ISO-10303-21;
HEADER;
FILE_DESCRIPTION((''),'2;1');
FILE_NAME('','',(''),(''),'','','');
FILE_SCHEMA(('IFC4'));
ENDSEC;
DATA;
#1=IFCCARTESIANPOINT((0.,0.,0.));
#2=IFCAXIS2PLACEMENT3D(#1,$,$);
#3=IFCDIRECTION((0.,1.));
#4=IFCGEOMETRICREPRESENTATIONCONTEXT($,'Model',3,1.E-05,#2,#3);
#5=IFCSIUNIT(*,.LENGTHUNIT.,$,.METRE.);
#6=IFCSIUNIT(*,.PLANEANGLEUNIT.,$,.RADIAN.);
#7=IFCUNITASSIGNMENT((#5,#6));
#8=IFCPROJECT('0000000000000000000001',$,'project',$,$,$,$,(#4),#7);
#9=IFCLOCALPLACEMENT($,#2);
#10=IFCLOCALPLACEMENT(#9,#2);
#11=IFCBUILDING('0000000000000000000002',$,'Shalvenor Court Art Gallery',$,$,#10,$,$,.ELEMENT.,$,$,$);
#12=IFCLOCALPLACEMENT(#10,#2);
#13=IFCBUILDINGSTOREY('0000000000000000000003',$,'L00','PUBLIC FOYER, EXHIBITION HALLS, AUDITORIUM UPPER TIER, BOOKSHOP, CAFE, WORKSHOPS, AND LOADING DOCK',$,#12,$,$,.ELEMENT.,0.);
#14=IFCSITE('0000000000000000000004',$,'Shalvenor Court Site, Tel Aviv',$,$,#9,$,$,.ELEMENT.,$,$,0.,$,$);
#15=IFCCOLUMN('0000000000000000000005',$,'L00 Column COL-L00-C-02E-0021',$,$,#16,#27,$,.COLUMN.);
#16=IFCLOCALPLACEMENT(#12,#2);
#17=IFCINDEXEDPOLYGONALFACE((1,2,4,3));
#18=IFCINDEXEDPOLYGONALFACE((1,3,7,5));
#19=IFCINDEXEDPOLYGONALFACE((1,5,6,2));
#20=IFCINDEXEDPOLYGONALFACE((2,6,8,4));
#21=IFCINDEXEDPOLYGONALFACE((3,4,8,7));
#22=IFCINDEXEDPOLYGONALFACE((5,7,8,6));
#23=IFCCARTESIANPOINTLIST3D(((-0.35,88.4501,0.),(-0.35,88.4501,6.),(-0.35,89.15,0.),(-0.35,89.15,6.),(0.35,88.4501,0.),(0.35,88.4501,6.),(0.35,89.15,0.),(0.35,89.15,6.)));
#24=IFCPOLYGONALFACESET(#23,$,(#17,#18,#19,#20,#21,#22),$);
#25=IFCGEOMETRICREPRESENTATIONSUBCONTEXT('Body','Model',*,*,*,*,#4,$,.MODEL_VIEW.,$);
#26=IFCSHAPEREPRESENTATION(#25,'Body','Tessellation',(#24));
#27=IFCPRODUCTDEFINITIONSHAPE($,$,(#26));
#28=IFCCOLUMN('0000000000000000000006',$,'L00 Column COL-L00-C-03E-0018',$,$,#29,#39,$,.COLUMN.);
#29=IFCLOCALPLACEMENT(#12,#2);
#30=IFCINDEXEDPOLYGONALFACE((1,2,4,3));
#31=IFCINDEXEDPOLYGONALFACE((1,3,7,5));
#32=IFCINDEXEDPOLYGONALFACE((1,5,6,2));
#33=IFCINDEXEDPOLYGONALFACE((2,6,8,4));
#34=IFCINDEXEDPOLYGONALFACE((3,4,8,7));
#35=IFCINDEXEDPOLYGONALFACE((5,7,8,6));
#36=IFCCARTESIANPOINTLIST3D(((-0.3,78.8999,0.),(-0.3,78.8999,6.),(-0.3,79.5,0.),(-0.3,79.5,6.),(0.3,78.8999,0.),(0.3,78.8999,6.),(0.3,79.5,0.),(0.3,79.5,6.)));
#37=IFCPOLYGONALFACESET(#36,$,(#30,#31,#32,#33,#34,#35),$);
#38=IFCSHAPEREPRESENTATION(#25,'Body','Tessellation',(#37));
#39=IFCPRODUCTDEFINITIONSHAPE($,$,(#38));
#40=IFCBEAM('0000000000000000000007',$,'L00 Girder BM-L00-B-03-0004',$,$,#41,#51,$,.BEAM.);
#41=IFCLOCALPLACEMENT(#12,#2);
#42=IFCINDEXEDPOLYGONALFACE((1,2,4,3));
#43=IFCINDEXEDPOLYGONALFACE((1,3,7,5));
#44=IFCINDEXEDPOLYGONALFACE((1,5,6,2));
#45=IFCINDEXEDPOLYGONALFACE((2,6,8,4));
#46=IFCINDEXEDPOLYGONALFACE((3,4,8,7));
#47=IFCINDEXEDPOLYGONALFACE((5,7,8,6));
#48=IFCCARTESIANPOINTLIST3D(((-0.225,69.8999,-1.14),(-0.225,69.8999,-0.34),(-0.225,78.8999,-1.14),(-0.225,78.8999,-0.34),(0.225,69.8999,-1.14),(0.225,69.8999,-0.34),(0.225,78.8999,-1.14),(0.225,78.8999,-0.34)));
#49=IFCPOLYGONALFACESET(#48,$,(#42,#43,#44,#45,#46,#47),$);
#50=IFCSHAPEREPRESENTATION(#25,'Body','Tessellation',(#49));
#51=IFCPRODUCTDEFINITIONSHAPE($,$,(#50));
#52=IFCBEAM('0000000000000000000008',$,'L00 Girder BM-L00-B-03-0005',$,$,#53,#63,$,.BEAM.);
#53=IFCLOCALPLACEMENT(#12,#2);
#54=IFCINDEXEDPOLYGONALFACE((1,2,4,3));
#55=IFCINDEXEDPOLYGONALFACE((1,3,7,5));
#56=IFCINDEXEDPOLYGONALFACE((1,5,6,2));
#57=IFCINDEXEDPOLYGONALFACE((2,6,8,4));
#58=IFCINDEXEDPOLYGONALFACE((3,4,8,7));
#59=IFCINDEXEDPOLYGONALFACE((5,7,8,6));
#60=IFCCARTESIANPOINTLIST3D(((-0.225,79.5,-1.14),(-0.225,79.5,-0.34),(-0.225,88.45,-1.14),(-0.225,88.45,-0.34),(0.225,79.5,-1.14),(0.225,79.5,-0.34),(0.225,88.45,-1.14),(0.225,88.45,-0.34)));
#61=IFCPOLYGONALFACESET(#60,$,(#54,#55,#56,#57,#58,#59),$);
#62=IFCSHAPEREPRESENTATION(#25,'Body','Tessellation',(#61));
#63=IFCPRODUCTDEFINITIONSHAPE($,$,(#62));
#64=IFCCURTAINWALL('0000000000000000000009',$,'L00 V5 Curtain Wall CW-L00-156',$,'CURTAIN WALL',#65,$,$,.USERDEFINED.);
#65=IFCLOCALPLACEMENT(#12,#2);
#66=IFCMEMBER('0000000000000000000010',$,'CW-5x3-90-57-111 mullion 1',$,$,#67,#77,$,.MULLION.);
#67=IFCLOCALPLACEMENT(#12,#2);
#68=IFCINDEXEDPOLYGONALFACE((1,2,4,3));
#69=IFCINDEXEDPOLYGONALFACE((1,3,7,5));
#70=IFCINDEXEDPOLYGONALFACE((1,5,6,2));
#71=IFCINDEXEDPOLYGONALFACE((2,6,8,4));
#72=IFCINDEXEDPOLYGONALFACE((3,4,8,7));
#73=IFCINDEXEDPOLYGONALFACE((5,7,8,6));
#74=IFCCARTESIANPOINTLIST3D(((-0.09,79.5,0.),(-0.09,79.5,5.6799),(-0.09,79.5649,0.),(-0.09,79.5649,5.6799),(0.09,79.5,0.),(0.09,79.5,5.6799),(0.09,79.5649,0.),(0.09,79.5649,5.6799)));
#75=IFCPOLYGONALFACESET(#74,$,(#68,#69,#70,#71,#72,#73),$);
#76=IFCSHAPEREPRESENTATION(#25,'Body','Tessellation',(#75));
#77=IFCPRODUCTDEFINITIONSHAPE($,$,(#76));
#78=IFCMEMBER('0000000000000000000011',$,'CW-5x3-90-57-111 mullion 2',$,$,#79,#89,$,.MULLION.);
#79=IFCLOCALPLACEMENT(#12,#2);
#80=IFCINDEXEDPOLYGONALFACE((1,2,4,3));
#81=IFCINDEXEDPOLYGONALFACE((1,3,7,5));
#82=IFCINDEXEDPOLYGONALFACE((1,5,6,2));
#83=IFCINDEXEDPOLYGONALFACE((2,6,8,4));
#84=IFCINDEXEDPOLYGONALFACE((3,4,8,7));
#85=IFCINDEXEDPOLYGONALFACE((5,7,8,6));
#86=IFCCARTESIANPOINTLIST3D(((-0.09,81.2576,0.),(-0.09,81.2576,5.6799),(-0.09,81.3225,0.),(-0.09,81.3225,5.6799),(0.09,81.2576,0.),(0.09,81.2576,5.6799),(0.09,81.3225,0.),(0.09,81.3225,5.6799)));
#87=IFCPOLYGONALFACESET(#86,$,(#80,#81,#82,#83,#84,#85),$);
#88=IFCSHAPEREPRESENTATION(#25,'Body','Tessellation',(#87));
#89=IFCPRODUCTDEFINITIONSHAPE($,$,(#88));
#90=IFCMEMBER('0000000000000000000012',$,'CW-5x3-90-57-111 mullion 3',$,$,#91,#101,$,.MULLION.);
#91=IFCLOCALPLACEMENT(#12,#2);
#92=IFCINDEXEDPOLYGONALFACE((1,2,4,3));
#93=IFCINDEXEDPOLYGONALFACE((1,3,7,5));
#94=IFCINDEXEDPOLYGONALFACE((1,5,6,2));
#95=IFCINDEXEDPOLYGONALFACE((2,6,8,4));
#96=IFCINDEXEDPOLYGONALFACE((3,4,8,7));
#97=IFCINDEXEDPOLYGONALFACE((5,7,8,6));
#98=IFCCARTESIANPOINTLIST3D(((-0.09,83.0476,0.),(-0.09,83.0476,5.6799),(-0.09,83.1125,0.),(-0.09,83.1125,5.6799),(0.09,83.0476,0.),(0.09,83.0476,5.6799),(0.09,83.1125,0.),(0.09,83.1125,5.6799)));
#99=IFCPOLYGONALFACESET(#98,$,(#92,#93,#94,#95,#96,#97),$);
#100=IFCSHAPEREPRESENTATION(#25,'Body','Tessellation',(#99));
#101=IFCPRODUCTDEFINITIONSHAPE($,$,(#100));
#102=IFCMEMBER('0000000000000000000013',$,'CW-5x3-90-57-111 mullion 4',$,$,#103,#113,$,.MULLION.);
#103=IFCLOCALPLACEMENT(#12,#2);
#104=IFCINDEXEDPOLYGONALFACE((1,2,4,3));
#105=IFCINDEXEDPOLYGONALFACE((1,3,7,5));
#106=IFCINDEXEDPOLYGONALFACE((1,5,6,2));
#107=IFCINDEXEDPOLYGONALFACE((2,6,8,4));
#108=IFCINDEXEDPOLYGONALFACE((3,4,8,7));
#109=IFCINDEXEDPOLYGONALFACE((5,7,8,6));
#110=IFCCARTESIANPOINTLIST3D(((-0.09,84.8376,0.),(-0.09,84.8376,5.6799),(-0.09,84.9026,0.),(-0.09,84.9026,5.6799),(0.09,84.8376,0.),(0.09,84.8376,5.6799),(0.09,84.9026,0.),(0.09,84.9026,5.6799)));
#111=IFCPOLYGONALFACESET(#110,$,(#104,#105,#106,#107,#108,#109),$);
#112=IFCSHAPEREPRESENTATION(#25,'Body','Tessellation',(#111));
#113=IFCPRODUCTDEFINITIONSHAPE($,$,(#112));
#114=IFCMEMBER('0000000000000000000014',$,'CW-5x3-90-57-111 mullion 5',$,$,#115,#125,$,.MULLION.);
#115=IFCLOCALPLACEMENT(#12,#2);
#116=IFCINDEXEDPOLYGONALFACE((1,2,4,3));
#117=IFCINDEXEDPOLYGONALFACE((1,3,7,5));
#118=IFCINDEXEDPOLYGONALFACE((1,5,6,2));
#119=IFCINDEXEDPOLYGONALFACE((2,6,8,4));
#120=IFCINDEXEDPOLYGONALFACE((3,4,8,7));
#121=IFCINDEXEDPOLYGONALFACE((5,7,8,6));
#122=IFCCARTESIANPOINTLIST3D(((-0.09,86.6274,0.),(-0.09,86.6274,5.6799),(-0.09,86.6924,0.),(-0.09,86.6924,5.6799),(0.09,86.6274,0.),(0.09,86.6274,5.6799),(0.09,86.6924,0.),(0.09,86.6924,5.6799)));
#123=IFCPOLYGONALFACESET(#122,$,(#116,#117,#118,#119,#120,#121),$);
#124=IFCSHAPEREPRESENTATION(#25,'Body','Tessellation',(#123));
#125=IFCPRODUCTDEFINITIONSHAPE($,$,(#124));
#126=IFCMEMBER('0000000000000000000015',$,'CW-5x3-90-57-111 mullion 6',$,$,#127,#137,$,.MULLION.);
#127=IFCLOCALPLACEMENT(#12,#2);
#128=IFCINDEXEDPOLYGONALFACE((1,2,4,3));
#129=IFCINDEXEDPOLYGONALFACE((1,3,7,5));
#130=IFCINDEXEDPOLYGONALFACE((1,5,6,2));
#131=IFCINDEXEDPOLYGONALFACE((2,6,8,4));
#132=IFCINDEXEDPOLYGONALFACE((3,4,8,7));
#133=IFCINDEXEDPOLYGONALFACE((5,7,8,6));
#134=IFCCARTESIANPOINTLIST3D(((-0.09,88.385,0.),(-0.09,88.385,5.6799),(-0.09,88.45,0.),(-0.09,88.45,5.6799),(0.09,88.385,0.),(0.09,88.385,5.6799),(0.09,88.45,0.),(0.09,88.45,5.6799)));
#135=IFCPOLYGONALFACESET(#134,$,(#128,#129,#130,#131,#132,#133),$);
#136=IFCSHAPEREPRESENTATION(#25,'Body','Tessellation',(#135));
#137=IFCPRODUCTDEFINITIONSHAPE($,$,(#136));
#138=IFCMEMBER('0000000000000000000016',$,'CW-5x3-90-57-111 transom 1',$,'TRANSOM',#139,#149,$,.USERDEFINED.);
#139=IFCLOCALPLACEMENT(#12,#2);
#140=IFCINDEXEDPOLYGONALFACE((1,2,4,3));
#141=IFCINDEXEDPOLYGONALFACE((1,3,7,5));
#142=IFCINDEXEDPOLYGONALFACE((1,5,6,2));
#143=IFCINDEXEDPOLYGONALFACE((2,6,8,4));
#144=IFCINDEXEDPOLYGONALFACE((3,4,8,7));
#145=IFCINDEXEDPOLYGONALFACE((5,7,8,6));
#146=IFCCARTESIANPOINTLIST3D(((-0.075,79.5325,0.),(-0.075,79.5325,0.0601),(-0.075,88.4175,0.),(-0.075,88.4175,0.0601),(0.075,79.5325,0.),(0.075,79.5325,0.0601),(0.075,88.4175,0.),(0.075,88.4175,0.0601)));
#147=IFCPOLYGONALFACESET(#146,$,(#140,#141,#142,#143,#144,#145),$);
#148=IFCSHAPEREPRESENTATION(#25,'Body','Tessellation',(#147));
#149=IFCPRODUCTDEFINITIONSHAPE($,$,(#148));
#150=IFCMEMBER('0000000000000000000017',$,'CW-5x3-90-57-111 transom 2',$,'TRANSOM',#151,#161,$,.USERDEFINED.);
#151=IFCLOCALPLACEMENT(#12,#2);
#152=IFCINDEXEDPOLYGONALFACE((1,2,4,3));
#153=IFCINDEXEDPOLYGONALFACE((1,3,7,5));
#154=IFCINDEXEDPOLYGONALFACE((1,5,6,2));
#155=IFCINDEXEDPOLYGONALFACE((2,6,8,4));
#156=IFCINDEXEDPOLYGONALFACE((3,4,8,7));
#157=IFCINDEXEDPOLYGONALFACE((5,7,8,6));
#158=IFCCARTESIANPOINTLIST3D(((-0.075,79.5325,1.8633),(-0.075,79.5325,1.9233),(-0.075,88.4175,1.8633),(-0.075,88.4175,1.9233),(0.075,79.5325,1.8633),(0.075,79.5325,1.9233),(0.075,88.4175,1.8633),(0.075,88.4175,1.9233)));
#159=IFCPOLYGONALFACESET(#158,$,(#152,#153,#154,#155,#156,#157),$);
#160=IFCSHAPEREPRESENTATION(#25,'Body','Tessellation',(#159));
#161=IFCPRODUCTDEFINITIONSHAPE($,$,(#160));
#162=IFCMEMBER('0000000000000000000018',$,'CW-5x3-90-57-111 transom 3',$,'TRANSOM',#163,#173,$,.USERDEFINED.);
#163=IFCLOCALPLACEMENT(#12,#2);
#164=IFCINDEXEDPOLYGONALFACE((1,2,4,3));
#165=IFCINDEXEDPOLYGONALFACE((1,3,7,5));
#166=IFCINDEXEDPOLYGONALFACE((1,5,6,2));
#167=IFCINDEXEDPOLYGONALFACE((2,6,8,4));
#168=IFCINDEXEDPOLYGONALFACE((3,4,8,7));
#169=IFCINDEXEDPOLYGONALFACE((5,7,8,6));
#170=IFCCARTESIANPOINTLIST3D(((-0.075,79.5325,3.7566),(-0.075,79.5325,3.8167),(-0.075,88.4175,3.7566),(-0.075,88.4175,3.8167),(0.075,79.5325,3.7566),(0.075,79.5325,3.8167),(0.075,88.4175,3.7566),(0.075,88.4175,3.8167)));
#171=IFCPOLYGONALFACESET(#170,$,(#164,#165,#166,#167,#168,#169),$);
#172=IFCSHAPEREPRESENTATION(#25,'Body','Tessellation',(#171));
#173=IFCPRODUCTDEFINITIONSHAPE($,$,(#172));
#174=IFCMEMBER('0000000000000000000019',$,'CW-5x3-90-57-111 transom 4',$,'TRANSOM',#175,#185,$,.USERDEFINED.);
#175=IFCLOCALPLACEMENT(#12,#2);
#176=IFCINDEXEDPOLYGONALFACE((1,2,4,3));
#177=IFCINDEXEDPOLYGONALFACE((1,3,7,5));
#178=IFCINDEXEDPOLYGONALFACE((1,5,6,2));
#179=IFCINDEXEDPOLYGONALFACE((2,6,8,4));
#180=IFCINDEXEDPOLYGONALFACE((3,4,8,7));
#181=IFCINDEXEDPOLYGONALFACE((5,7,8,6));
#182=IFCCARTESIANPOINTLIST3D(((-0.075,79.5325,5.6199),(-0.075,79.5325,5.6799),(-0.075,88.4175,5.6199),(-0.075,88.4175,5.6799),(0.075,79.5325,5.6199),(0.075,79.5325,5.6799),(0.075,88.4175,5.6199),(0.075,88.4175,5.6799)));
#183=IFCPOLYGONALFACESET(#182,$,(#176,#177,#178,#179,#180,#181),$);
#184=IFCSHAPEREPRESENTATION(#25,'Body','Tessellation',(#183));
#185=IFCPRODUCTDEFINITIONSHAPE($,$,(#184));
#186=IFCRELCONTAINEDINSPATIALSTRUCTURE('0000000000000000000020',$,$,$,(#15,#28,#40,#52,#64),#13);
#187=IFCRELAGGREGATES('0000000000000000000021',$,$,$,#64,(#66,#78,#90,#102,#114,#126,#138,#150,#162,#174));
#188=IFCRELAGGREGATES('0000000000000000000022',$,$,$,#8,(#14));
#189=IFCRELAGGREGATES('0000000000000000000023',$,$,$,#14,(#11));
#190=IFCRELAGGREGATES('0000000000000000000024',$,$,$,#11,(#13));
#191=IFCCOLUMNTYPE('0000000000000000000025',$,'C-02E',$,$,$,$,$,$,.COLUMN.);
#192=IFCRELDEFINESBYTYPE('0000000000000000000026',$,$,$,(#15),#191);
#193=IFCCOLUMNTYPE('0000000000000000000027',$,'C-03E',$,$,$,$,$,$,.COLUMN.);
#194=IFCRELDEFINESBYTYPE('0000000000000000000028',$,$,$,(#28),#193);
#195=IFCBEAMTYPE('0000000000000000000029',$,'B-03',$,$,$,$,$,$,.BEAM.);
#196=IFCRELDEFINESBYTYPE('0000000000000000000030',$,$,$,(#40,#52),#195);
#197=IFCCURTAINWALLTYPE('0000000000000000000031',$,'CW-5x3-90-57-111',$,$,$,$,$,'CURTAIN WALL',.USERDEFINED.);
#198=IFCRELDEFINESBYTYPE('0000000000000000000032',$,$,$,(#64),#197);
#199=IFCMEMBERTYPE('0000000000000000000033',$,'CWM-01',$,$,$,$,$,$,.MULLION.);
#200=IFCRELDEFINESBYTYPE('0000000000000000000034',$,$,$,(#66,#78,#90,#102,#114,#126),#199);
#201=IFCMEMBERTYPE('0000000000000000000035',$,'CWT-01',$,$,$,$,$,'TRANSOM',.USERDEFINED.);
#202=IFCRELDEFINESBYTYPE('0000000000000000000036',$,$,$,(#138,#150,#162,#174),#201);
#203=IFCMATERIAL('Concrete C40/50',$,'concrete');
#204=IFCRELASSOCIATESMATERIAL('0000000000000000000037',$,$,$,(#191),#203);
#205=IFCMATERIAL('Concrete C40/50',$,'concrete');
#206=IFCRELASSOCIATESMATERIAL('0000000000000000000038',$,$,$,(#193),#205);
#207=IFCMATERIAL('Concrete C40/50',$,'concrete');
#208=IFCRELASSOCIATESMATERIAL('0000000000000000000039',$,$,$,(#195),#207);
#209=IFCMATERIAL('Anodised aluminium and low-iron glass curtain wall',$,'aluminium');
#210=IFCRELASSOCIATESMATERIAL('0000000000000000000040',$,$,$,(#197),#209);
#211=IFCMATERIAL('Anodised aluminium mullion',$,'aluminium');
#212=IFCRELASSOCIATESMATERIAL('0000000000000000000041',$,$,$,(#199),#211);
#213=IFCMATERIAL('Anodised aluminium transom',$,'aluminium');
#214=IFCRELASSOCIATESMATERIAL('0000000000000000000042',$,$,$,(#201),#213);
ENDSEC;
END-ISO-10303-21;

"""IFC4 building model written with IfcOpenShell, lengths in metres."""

from ifc_helpers import new_model, si_unit, direction, frame, origin, origin_2d, place, context, subcontext, project, spatial, rectangle, extrude, material, material_profile, profile_set, type_object, element, aggregate, save


model = new_model("IFC4")

# Units and contexts
model_context = context("Model", 3, precision=1e-05, world=origin(), true_north=direction((0.0, 1.0)))
body_context = subcontext(model_context, "Body", "Model", "MODEL_VIEW")
ifc_project = project(units=[si_unit("LENGTHUNIT", "METRE"), si_unit("PLANEANGLEUNIT", "RADIAN")], contexts=[model_context])

# Site, building, storey
site_placement = place(None, origin())
site = spatial("IfcSite", under=ifc_project, at=site_placement, Name="Shalvenor Court Site, Tel Aviv", CompositionType="ELEMENT", RefElevation=0.0)
building_placement = place(site_placement, origin())
building = spatial("IfcBuilding", under=site, at=building_placement, Name="Shalvenor Court Art Gallery", CompositionType="ELEMENT")
storey_placement = place(building_placement, origin())
storey = spatial("IfcBuildingStorey", under=building, at=storey_placement, Name="L00", Description="PUBLIC FOYER, EXHIBITION HALLS, AUDITORIUM UPPER TIER, BOOKSHOP, CAFE, WORKSHOPS, AND LOADING DOCK", CompositionType="ELEMENT", Elevation=0.0)

# Columns
ifc_material_1 = material(Name="Concrete C40/50", Category="concrete")
ifc_material_profile_1 = material_profile(ifc_material_1, rectangle(XDim=0.7, YDim=0.7, at=origin_2d()), Name="RC 700x700")
ifc_profile_set_1 = profile_set([ifc_material_profile_1], Name="Concrete C40/50")
column_type_1 = type_object("IfcColumnType", Name="C-02E", PredefinedType="COLUMN", material=ifc_profile_set_1)
column_1_placement = place(storey_placement, frame((0.0, 88.8, 0.0), z_axis=(0.0, 0.0, 1.0), x_axis=(1.0, 0.0, 0.0)))
element("IfcColumn", 1, at=column_1_placement, inside=storey, type_object=column_type_1, Name="L00 Column COL-L00-C-02E-0021", PredefinedType="COLUMN", context=body_context, shape_type="SweptSolid", body=[
    extrude(rectangle(XDim=0.7, YDim=0.7, at=origin_2d()), origin(), (0.0, 0.0, 1.0), 6.0),
])
ifc_material_2 = material(Name="Concrete C40/50", Category="concrete")
ifc_material_profile_2 = material_profile(ifc_material_2, rectangle(XDim=0.6001, YDim=0.6001, at=origin_2d()), Name="RC 600x600")
ifc_profile_set_2 = profile_set([ifc_material_profile_2], Name="Concrete C40/50")
column_type_2 = type_object("IfcColumnType", Name="C-03E", PredefinedType="COLUMN", material=ifc_profile_set_2)
column_2_placement = place(storey_placement, frame((0.0, 79.2, 0.0), z_axis=(0.0, 0.0, 1.0), x_axis=(1.0, 0.0, 0.0)))
element("IfcColumn", 2, at=column_2_placement, inside=storey, type_object=column_type_2, Name="L00 Column COL-L00-C-03E-0018", PredefinedType="COLUMN", context=body_context, shape_type="SweptSolid", body=[
    extrude(rectangle(XDim=0.6001, YDim=0.6001, at=origin_2d()), origin(), (0.0, 0.0, 1.0), 6.0),
])

# Beams
ifc_material_3 = material(Name="Concrete C40/50", Category="concrete")
ifc_material_profile_3 = material_profile(ifc_material_3, rectangle(XDim=0.45, YDim=0.8, at=origin_2d()), Name="RC 450x800")
ifc_profile_set_3 = profile_set([ifc_material_profile_3], Name="Concrete C40/50")
beam_type_1 = type_object("IfcBeamType", Name="B-03", PredefinedType="BEAM", material=ifc_profile_set_3)
beam_1_placement = place(storey_placement, frame((0.0, 69.8999, -0.74), z_axis=(0.0, 1.0, 0.0), x_axis=(-1.0, 0.0, 0.0)))
element("IfcBeam", 3, at=beam_1_placement, inside=storey, type_object=beam_type_1, Name="L00 Girder BM-L00-B-03-0004", PredefinedType="BEAM", context=body_context, shape_type="SweptSolid", body=[
    extrude(rectangle(XDim=0.45, YDim=0.8, at=origin_2d()), origin(), (0.0, 0.0, 1.0), 9.0),
])
beam_2_placement = place(storey_placement, frame((0.0, 79.5, -0.74), z_axis=(0.0, 1.0, 0.0), x_axis=(-1.0, 0.0, 0.0)))
element("IfcBeam", 4, at=beam_2_placement, inside=storey, type_object=beam_type_1, Name="L00 Girder BM-L00-B-03-0005", PredefinedType="BEAM", context=body_context, shape_type="SweptSolid", body=[
    extrude(rectangle(XDim=0.45, YDim=0.8, at=origin_2d()), origin(), (0.0, 0.0, 1.0), 8.95),
])

# Curtain wall, members
ifc_material_4 = material(Name="Anodised aluminium and low-iron glass curtain wall", Category="aluminium")
curtain_wall_type = type_object("IfcCurtainWallType", Name="CW-5x3-90-57-111", ElementType="CURTAIN WALL", PredefinedType="USERDEFINED", material=ifc_material_4)
curtain_wall_placement = place(storey_placement, origin())
curtain_wall = element("IfcCurtainWall", 5, at=curtain_wall_placement, inside=storey, type_object=curtain_wall_type, Name="L00 V5 Curtain Wall CW-L00-156", ObjectType="CURTAIN WALL", PredefinedType="USERDEFINED")
ifc_material_5 = material(Name="Anodised aluminium mullion", Category="aluminium")
ifc_material_profile_4 = material_profile(ifc_material_5, rectangle(XDim=0.0649, YDim=0.1799, at=origin_2d()), Name="CWM-01")
ifc_profile_set_4 = profile_set([ifc_material_profile_4], Name="Anodised aluminium mullion")
member_type_1 = type_object("IfcMemberType", Name="CWM-01", PredefinedType="MULLION", material=ifc_profile_set_4)
member_1_placement = place(storey_placement, frame((0.0, 79.5325, 0.0), z_axis=(0.0, 0.0, 1.0), x_axis=(0.0, 1.0, 0.0)))
member_1 = element("IfcMember", 6, at=member_1_placement, type_object=member_type_1, Name="CW-5x3-90-57-111 mullion 1", PredefinedType="MULLION", context=body_context, shape_type="SweptSolid", body=[
    extrude(rectangle(XDim=0.0649, YDim=0.1799, at=origin_2d()), origin(), (0.0, 0.0, 1.0), 5.6799),
])
member_2_placement = place(storey_placement, frame((0.0, 81.29, 0.0), z_axis=(0.0, 0.0, 1.0), x_axis=(0.0, 1.0, 0.0)))
member_2 = element("IfcMember", 7, at=member_2_placement, type_object=member_type_1, Name="CW-5x3-90-57-111 mullion 2", PredefinedType="MULLION", context=body_context, shape_type="SweptSolid", body=[
    extrude(rectangle(XDim=0.0649, YDim=0.1799, at=origin_2d()), origin(), (0.0, 0.0, 1.0), 5.6799),
])
member_3_placement = place(storey_placement, frame((0.0, 83.0801, 0.0), z_axis=(0.0, 0.0, 1.0), x_axis=(0.0, 1.0, 0.0)))
member_3 = element("IfcMember", 8, at=member_3_placement, type_object=member_type_1, Name="CW-5x3-90-57-111 mullion 3", PredefinedType="MULLION", context=body_context, shape_type="SweptSolid", body=[
    extrude(rectangle(XDim=0.0649, YDim=0.1799, at=origin_2d()), origin(), (0.0, 0.0, 1.0), 5.6799),
])
member_4_placement = place(storey_placement, frame((0.0, 84.8701, 0.0), z_axis=(0.0, 0.0, 1.0), x_axis=(0.0, 1.0, 0.0)))
member_4 = element("IfcMember", 9, at=member_4_placement, type_object=member_type_1, Name="CW-5x3-90-57-111 mullion 4", PredefinedType="MULLION", context=body_context, shape_type="SweptSolid", body=[
    extrude(rectangle(XDim=0.0649, YDim=0.1799, at=origin_2d()), origin(), (0.0, 0.0, 1.0), 5.6799),
])
member_5_placement = place(storey_placement, frame((0.0, 86.6599, 0.0), z_axis=(0.0, 0.0, 1.0), x_axis=(0.0, 1.0, 0.0)))
member_5 = element("IfcMember", 10, at=member_5_placement, type_object=member_type_1, Name="CW-5x3-90-57-111 mullion 5", PredefinedType="MULLION", context=body_context, shape_type="SweptSolid", body=[
    extrude(rectangle(XDim=0.0649, YDim=0.1799, at=origin_2d()), origin(), (0.0, 0.0, 1.0), 5.6799),
])
member_6_placement = place(storey_placement, frame((0.0, 88.4175, 0.0), z_axis=(0.0, 0.0, 1.0), x_axis=(0.0, 1.0, 0.0)))
member_6 = element("IfcMember", 11, at=member_6_placement, type_object=member_type_1, Name="CW-5x3-90-57-111 mullion 6", PredefinedType="MULLION", context=body_context, shape_type="SweptSolid", body=[
    extrude(rectangle(XDim=0.0649, YDim=0.1799, at=origin_2d()), origin(), (0.0, 0.0, 1.0), 5.6799),
])
ifc_material_6 = material(Name="Anodised aluminium transom", Category="aluminium")
ifc_material_profile_5 = material_profile(ifc_material_6, rectangle(XDim=0.1499, YDim=0.0601, at=origin_2d()), Name="CWT-01")
ifc_profile_set_5 = profile_set([ifc_material_profile_5], Name="Anodised aluminium transom")
member_type_2 = type_object("IfcMemberType", Name="CWT-01", ElementType="TRANSOM", PredefinedType="USERDEFINED", material=ifc_profile_set_5)
member_7_placement = place(storey_placement, frame((0.0, 79.5325, 0.03), z_axis=(0.0, 1.0, 0.0), x_axis=(-1.0, 0.0, 0.0)))
member_7 = element("IfcMember", 12, at=member_7_placement, type_object=member_type_2, Name="CW-5x3-90-57-111 transom 1", ObjectType="TRANSOM", PredefinedType="USERDEFINED", context=body_context, shape_type="SweptSolid", body=[
    extrude(rectangle(XDim=0.1499, YDim=0.0601, at=origin_2d()), origin(), (0.0, 0.0, 1.0), 8.885),
])
member_8_placement = place(storey_placement, frame((0.0, 79.5325, 1.8933), z_axis=(0.0, 1.0, 0.0), x_axis=(-1.0, 0.0, 0.0)))
member_8 = element("IfcMember", 13, at=member_8_placement, type_object=member_type_2, Name="CW-5x3-90-57-111 transom 2", ObjectType="TRANSOM", PredefinedType="USERDEFINED", context=body_context, shape_type="SweptSolid", body=[
    extrude(rectangle(XDim=0.1499, YDim=0.0601, at=origin_2d()), origin(), (0.0, 0.0, 1.0), 8.885),
])
member_9_placement = place(storey_placement, frame((0.0, 79.5325, 3.7866), z_axis=(0.0, 1.0, 0.0), x_axis=(-1.0, 0.0, 0.0)))
member_9 = element("IfcMember", 14, at=member_9_placement, type_object=member_type_2, Name="CW-5x3-90-57-111 transom 3", ObjectType="TRANSOM", PredefinedType="USERDEFINED", context=body_context, shape_type="SweptSolid", body=[
    extrude(rectangle(XDim=0.1499, YDim=0.0601, at=origin_2d()), origin(), (0.0, 0.0, 1.0), 8.885),
])
member_10_placement = place(storey_placement, frame((0.0, 79.5325, 5.6499), z_axis=(0.0, 1.0, 0.0), x_axis=(-1.0, 0.0, 0.0)))
member_10 = element("IfcMember", 15, at=member_10_placement, type_object=member_type_2, Name="CW-5x3-90-57-111 transom 4", ObjectType="TRANSOM", PredefinedType="USERDEFINED", context=body_context, shape_type="SweptSolid", body=[
    extrude(rectangle(XDim=0.1499, YDim=0.0601, at=origin_2d()), origin(), (0.0, 0.0, 1.0), 8.885),
])

aggregate(curtain_wall, [member_1, member_2, member_3, member_4, member_5, member_6, member_7, member_8, member_9, member_10])

save(model, "model.ifc")
